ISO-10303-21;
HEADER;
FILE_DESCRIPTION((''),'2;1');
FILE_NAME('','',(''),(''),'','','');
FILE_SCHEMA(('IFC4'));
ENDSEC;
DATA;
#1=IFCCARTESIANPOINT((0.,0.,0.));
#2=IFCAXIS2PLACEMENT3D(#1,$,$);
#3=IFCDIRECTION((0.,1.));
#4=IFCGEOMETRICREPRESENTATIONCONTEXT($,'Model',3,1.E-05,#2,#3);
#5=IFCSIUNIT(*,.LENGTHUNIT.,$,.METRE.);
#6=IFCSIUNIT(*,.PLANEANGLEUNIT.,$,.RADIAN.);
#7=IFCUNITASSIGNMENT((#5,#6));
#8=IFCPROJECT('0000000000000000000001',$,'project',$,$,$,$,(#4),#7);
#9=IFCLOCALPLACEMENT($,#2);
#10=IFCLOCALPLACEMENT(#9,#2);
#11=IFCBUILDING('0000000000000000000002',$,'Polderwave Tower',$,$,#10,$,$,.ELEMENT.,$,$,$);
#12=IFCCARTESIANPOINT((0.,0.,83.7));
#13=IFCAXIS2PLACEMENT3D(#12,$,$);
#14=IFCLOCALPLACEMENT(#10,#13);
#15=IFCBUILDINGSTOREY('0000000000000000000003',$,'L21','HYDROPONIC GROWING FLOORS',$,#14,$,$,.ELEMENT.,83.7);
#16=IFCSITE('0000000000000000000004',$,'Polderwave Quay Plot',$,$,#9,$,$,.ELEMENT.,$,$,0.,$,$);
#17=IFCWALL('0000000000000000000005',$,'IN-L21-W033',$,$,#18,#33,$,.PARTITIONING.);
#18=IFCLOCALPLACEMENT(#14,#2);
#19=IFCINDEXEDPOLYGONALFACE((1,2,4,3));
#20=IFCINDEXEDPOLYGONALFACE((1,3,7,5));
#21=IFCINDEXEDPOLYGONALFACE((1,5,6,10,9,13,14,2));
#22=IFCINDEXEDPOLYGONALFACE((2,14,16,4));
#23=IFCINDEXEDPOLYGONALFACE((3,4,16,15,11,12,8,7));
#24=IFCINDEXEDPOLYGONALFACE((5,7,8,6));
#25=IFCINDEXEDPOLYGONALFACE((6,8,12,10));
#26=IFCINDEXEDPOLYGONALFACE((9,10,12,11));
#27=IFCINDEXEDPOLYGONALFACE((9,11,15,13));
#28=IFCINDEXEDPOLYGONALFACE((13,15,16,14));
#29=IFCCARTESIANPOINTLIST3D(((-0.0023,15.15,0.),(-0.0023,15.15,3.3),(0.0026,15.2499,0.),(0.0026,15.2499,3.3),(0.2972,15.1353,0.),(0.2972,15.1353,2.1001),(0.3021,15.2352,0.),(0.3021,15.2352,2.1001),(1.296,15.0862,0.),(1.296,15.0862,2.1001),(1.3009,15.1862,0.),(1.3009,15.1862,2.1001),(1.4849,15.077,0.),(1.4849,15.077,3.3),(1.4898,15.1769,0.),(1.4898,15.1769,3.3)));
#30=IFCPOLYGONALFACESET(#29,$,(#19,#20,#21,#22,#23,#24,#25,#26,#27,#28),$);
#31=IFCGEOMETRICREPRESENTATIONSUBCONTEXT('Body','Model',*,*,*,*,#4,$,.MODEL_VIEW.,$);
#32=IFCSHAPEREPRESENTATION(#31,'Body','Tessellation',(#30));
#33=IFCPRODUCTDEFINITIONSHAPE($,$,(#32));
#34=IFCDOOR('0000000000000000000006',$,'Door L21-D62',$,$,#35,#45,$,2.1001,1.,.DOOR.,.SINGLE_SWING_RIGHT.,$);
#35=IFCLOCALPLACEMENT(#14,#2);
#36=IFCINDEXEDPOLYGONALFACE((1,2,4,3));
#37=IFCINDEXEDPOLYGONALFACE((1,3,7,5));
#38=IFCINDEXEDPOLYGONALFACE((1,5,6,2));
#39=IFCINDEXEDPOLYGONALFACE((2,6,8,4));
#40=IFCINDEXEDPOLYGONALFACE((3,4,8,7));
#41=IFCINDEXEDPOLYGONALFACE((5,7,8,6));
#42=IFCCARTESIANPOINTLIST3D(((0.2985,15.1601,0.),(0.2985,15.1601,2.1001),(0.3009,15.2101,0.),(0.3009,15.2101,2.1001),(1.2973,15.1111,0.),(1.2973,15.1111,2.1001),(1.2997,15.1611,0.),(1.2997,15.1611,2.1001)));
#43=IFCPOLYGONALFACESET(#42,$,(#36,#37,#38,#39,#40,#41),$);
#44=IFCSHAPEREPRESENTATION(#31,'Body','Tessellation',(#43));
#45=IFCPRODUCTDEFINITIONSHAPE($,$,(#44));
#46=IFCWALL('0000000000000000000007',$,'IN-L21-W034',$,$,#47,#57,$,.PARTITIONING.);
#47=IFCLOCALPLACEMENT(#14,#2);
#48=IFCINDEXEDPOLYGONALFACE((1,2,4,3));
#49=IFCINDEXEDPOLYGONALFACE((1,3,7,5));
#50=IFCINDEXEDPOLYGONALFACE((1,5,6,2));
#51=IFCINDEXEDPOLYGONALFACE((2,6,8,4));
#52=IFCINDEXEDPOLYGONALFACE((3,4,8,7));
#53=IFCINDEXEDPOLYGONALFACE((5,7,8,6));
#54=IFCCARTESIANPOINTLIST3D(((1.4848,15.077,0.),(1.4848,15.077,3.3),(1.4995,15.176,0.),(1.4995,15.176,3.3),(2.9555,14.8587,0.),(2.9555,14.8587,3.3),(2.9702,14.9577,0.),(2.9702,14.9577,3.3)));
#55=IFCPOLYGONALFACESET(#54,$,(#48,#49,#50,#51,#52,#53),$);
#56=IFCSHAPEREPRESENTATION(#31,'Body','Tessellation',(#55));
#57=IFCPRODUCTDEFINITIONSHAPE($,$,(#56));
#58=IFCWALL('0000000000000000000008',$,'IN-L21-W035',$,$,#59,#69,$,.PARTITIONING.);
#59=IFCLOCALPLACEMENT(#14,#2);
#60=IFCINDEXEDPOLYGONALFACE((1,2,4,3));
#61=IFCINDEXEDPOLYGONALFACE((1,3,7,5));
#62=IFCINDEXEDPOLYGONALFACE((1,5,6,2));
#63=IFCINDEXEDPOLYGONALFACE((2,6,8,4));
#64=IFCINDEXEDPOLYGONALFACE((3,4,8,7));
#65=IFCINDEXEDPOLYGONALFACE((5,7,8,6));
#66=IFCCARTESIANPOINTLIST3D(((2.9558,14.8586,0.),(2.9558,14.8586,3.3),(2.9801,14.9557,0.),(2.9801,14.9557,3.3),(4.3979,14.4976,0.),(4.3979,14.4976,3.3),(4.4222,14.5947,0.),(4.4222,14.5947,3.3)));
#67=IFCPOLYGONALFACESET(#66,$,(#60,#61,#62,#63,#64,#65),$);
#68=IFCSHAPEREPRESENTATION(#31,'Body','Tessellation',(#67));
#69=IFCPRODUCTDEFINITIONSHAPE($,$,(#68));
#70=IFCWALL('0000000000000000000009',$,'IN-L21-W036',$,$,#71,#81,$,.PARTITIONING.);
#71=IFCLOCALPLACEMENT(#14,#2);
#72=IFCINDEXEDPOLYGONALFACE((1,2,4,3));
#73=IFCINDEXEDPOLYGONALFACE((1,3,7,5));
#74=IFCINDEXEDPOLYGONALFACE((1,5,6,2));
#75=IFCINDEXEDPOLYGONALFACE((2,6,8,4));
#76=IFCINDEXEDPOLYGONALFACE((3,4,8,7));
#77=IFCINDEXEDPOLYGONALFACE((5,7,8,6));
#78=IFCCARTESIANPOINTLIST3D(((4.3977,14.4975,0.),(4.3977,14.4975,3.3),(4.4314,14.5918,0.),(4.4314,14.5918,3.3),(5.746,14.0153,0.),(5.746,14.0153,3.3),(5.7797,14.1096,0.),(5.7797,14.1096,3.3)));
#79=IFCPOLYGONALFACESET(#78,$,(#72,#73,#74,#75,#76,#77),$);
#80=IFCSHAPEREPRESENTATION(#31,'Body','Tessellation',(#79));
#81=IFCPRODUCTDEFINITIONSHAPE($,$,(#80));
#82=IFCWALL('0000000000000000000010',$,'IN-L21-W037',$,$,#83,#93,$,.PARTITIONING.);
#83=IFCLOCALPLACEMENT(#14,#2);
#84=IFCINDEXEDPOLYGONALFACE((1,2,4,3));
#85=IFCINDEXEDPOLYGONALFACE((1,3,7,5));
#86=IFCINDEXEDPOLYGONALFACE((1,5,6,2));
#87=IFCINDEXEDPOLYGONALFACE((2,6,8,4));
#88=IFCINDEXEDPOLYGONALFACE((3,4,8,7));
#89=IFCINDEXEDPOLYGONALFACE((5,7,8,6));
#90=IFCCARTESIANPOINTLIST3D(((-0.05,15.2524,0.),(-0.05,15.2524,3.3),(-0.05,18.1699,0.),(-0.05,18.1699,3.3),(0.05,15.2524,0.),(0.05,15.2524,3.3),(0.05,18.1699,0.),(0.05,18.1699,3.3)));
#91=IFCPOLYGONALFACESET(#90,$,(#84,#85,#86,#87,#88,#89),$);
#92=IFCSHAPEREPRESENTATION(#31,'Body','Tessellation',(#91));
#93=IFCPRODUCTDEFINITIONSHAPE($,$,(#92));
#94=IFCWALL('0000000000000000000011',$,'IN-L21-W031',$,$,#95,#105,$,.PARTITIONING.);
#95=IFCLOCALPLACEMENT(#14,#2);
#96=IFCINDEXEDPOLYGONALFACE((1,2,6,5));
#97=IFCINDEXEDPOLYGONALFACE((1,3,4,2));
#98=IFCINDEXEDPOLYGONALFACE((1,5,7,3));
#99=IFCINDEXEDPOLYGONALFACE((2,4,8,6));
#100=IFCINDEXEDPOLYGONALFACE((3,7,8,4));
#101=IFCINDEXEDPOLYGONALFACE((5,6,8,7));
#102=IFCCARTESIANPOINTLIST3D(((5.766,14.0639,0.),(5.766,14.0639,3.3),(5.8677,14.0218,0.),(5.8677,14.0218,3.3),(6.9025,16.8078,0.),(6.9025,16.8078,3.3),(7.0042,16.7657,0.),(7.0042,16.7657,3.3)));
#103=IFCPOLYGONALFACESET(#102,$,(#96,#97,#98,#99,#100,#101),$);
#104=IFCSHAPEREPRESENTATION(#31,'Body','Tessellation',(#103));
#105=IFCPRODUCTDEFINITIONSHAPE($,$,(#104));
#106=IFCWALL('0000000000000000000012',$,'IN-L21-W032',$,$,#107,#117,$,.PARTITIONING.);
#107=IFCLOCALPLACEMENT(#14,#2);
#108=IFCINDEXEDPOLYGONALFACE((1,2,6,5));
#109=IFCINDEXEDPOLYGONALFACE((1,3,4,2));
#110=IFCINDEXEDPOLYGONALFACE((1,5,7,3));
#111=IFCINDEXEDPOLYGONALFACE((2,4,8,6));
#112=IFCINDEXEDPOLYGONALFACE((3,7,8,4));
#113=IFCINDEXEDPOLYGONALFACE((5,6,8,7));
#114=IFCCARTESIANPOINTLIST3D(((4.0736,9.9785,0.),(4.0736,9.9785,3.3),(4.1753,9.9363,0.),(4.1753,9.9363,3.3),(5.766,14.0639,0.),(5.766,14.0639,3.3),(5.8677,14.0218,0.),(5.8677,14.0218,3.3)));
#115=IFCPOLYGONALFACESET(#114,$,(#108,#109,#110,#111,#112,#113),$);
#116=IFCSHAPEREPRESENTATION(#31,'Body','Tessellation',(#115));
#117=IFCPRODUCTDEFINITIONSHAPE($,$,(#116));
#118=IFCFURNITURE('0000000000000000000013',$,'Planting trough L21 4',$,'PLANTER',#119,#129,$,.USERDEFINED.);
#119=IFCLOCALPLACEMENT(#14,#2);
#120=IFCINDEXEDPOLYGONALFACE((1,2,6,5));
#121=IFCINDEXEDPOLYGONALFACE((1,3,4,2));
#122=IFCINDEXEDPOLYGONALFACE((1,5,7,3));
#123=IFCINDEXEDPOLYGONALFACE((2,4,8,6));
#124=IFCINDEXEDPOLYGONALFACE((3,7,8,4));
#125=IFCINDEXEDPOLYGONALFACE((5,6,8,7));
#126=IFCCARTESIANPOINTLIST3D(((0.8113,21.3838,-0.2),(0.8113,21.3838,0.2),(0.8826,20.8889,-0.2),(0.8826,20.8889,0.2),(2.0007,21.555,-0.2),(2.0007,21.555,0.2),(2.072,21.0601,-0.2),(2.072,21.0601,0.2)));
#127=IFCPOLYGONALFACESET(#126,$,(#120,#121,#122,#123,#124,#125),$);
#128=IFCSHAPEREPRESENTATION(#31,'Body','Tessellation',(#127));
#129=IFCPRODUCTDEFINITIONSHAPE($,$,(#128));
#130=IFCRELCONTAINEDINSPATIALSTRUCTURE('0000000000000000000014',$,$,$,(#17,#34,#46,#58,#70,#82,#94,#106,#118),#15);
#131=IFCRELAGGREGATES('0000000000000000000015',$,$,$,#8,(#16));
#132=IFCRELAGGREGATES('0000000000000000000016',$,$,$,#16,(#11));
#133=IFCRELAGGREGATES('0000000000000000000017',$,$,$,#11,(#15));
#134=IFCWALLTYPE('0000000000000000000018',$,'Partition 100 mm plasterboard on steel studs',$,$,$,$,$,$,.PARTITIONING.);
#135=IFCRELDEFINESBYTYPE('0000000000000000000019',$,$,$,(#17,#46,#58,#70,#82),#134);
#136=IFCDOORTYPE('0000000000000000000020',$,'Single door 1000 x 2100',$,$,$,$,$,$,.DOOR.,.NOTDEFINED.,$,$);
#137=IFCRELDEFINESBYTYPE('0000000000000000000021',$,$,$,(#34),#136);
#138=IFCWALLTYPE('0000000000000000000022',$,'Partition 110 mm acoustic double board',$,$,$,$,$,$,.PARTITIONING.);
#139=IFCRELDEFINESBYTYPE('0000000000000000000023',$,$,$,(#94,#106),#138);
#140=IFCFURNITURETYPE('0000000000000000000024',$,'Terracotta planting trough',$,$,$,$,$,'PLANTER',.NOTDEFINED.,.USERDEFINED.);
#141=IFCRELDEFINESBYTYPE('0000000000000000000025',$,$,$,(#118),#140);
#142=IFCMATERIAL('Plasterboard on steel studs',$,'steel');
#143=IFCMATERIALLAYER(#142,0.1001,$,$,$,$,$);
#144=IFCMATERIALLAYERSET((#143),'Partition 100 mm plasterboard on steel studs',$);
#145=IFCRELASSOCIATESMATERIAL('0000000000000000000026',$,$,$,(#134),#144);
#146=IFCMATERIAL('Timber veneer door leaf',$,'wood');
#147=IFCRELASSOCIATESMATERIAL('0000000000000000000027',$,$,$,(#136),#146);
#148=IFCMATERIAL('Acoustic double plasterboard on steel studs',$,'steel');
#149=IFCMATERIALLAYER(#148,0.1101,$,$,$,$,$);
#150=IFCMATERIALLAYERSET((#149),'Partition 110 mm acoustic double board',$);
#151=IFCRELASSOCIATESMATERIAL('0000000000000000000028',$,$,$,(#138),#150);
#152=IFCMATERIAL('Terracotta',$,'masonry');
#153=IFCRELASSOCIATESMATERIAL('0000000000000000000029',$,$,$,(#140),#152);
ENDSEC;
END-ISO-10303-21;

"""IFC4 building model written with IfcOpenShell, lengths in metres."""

from ifc_helpers import new_model, si_unit, direction, frame, frame_2d, origin, origin_2d, place, context, subcontext, project, spatial, rectangle, extrude, material, layer, layer_set, type_object, element, fill, save


model = new_model("IFC4")

# Units and contexts
model_context = context("Model", 3, precision=1e-05, world=origin(), true_north=direction((0.0, 1.0)))
body_context = subcontext(model_context, "Body", "Model", "MODEL_VIEW")
ifc_project = project(units=[si_unit("LENGTHUNIT", "METRE"), si_unit("PLANEANGLEUNIT", "RADIAN")], contexts=[model_context])

# Site, building, storey
site_placement = place(None, origin())
site = spatial("IfcSite", under=ifc_project, at=site_placement, Name="Polderwave Quay Plot", CompositionType="ELEMENT", RefElevation=0.0)
building_placement = place(site_placement, origin())
building = spatial("IfcBuilding", under=site, at=building_placement, Name="Polderwave Tower", CompositionType="ELEMENT")
storey_placement = place(building_placement, frame((0.0, 0.0, 83.7)))
storey = spatial("IfcBuildingStorey", under=building, at=storey_placement, Name="L21", Description="HYDROPONIC GROWING FLOORS", CompositionType="ELEMENT", Elevation=83.7)

# Wall, opening, door
ifc_material_1 = material(Name="Plasterboard on steel studs", Category="steel")
ifc_layer_1 = layer(ifc_material_1, 0.1001)
ifc_layer_set_1 = layer_set([ifc_layer_1], Name="Partition 100 mm plasterboard on steel studs")
wall_type_1 = type_object("IfcWallType", Name="Partition 100 mm plasterboard on steel studs", PredefinedType="PARTITIONING", material=ifc_layer_set_1)
wall_1_placement = place(storey_placement, frame((0.0, 15.2, 0.0), z_axis=(0.0, 0.0, 1.0), x_axis=(0.998798, -0.049022, 0.0)))
wall_1 = element("IfcWall", 1, at=wall_1_placement, inside=storey, type_object=wall_type_1, Name="IN-L21-W033", PredefinedType="PARTITIONING", context=body_context, shape_type="SweptSolid", body=[
    extrude(rectangle(XDim=1.489, YDim=0.1001, at=frame_2d((0.7446, 0.0))), origin(), (0.0, 0.0, 1.0), 3.3),
])
opening_1_placement = place(wall_1_placement, frame((0.3, 0.0, 0.0)))
opening_1 = element("IfcOpeningElement", 2, at=opening_1_placement, cuts=wall_1, PredefinedType="OPENING", context=body_context, shape_type="SweptSolid", body=[
    extrude(rectangle(XDim=1.0, YDim=2.1001, at=frame_2d((0.5, 1.05))), frame((0.0, 0.0601, 0.0), z_axis=(0.0, -1.0, 0.0), x_axis=(1.0, 0.0, 0.0)), (0.0, 0.0, 1.0), 0.1201),
])
ifc_material_2 = material(Name="Timber veneer door leaf", Category="wood")
door_type_1 = type_object("IfcDoorType", Name="Single door 1000 x 2100", OperationType="NOTDEFINED", PredefinedType="DOOR", material=ifc_material_2)
door_1_placement = place(opening_1_placement, origin())
door_1 = element("IfcDoor", 3, at=door_1_placement, inside=storey, type_object=door_type_1, Name="Door L21-D62", OperationType="SINGLE_SWING_RIGHT", OverallHeight=2.1001, OverallWidth=1.0, PredefinedType="DOOR", context=body_context, shape_type="SweptSolid", body=[
    extrude(rectangle(XDim=1.0, YDim=2.1001, at=frame_2d((0.5, 1.05))), frame((0.0, 0.0249, 0.0), z_axis=(0.0, -1.0, 0.0), x_axis=(1.0, 0.0, 0.0)), (0.0, 0.0, 1.0), 0.05),
])
fill(opening_1, door_1)

# Walls
wall_2_placement = place(storey_placement, frame((2.9629, 14.9082, 0.0), z_axis=(0.0, 0.0, 1.0), x_axis=(-0.989166, 0.146799, 0.0)))
element("IfcWall", 4, at=wall_2_placement, inside=storey, type_object=wall_type_1, Name="IN-L21-W034", PredefinedType="PARTITIONING", context=body_context, shape_type="SweptSolid", body=[
    extrude(rectangle(XDim=1.4868, YDim=0.1001, at=frame_2d((0.7434, 0.0))), origin(), (0.0, 0.0, 1.0), 3.3),
])
wall_3_placement = place(storey_placement, frame((4.4099, 14.5461, 0.0), z_axis=(0.0, 0.0, 1.0), x_axis=(-0.970055, 0.242883, 0.0)))
element("IfcWall", 5, at=wall_3_placement, inside=storey, type_object=wall_type_1, Name="IN-L21-W035", PredefinedType="PARTITIONING", context=body_context, shape_type="SweptSolid", body=[
    extrude(rectangle(XDim=1.4866, YDim=0.1001, at=frame_2d((0.7432, 0.0))), origin(), (0.0, 0.0, 1.0), 3.3),
])
wall_4_placement = place(storey_placement, frame((5.7627, 14.0625, 0.0), z_axis=(0.0, 0.0, 1.0), x_axis=(-0.941587, 0.336768, 0.0)))
element("IfcWall", 6, at=wall_4_placement, inside=storey, type_object=wall_type_1, Name="IN-L21-W036", PredefinedType="PARTITIONING", context=body_context, shape_type="SweptSolid", body=[
    extrude(rectangle(XDim=1.4319, YDim=0.1001, at=frame_2d((0.7158, 0.0))), origin(), (0.0, 0.0, 1.0), 3.3),
])
wall_5_placement = place(storey_placement, frame((0.0, 15.2524, 0.0), z_axis=(0.0, 0.0, 1.0), x_axis=(0.0, 1.0, 0.0)))
element("IfcWall", 7, at=wall_5_placement, inside=storey, type_object=wall_type_1, Name="IN-L21-W037", PredefinedType="PARTITIONING", context=body_context, shape_type="SweptSolid", body=[
    extrude(rectangle(XDim=2.9175, YDim=0.1001, at=frame_2d((1.4587, 0.0))), origin(), (0.0, 0.0, 1.0), 3.3),
])
ifc_material_3 = material(Name="Acoustic double plasterboard on steel studs", Category="steel")
ifc_layer_2 = layer(ifc_material_3, 0.1101)
ifc_layer_set_2 = layer_set([ifc_layer_2], Name="Partition 110 mm acoustic double board")
wall_type_2 = type_object("IfcWallType", Name="Partition 110 mm acoustic double board", PredefinedType="PARTITIONING", material=ifc_layer_set_2)
wall_6_placement = place(storey_placement, frame((5.8169, 14.043, 0.0), z_axis=(0.0, 0.0, 1.0), x_axis=(0.382659, 0.92389, 0.0)))
element("IfcWall", 8, at=wall_6_placement, inside=storey, type_object=wall_type_2, Name="IN-L21-W031", PredefinedType="PARTITIONING", context=body_context, shape_type="SweptSolid", body=[
    extrude(rectangle(XDim=2.97, YDim=0.1101, at=frame_2d((1.4849, 0.0))), origin(), (0.0, 0.0, 1.0), 3.3),
])
wall_7_placement = place(storey_placement, frame((4.1245, 9.9575, 0.0), z_axis=(0.0, 0.0, 1.0), x_axis=(0.382709, 0.923869, 0.0)))
element("IfcWall", 9, at=wall_7_placement, inside=storey, type_object=wall_type_2, Name="IN-L21-W032", PredefinedType="PARTITIONING", context=body_context, shape_type="SweptSolid", body=[
    extrude(rectangle(XDim=4.4221, YDim=0.1101, at=frame_2d((2.2109, 0.0))), origin(), (0.0, 0.0, 1.0), 3.3),
])

# Furniture
ifc_material_4 = material(Name="Terracotta", Category="masonry")
furniture_type = type_object("IfcFurnitureType", Name="Terracotta planting trough", ElementType="PLANTER", AssemblyPlace="NOTDEFINED", PredefinedType="USERDEFINED", material=ifc_material_4)
furniture_placement = place(storey_placement, frame((1.4417, 21.2219, -0.2), z_axis=(0.0, 0.0, 1.0), x_axis=(-0.9898, -0.142465, 0.0)))
element("IfcFurniture", 10, at=furniture_placement, inside=storey, type_object=furniture_type, Name="Planting trough L21 4", ObjectType="PLANTER", PredefinedType="USERDEFINED", context=body_context, shape_type="SweptSolid", body=[
    extrude(rectangle(XDim=1.2017, YDim=0.5, at=origin_2d()), origin(), (0.0, 0.0, 1.0), 0.3999),
])

save(model, "model.ifc")
